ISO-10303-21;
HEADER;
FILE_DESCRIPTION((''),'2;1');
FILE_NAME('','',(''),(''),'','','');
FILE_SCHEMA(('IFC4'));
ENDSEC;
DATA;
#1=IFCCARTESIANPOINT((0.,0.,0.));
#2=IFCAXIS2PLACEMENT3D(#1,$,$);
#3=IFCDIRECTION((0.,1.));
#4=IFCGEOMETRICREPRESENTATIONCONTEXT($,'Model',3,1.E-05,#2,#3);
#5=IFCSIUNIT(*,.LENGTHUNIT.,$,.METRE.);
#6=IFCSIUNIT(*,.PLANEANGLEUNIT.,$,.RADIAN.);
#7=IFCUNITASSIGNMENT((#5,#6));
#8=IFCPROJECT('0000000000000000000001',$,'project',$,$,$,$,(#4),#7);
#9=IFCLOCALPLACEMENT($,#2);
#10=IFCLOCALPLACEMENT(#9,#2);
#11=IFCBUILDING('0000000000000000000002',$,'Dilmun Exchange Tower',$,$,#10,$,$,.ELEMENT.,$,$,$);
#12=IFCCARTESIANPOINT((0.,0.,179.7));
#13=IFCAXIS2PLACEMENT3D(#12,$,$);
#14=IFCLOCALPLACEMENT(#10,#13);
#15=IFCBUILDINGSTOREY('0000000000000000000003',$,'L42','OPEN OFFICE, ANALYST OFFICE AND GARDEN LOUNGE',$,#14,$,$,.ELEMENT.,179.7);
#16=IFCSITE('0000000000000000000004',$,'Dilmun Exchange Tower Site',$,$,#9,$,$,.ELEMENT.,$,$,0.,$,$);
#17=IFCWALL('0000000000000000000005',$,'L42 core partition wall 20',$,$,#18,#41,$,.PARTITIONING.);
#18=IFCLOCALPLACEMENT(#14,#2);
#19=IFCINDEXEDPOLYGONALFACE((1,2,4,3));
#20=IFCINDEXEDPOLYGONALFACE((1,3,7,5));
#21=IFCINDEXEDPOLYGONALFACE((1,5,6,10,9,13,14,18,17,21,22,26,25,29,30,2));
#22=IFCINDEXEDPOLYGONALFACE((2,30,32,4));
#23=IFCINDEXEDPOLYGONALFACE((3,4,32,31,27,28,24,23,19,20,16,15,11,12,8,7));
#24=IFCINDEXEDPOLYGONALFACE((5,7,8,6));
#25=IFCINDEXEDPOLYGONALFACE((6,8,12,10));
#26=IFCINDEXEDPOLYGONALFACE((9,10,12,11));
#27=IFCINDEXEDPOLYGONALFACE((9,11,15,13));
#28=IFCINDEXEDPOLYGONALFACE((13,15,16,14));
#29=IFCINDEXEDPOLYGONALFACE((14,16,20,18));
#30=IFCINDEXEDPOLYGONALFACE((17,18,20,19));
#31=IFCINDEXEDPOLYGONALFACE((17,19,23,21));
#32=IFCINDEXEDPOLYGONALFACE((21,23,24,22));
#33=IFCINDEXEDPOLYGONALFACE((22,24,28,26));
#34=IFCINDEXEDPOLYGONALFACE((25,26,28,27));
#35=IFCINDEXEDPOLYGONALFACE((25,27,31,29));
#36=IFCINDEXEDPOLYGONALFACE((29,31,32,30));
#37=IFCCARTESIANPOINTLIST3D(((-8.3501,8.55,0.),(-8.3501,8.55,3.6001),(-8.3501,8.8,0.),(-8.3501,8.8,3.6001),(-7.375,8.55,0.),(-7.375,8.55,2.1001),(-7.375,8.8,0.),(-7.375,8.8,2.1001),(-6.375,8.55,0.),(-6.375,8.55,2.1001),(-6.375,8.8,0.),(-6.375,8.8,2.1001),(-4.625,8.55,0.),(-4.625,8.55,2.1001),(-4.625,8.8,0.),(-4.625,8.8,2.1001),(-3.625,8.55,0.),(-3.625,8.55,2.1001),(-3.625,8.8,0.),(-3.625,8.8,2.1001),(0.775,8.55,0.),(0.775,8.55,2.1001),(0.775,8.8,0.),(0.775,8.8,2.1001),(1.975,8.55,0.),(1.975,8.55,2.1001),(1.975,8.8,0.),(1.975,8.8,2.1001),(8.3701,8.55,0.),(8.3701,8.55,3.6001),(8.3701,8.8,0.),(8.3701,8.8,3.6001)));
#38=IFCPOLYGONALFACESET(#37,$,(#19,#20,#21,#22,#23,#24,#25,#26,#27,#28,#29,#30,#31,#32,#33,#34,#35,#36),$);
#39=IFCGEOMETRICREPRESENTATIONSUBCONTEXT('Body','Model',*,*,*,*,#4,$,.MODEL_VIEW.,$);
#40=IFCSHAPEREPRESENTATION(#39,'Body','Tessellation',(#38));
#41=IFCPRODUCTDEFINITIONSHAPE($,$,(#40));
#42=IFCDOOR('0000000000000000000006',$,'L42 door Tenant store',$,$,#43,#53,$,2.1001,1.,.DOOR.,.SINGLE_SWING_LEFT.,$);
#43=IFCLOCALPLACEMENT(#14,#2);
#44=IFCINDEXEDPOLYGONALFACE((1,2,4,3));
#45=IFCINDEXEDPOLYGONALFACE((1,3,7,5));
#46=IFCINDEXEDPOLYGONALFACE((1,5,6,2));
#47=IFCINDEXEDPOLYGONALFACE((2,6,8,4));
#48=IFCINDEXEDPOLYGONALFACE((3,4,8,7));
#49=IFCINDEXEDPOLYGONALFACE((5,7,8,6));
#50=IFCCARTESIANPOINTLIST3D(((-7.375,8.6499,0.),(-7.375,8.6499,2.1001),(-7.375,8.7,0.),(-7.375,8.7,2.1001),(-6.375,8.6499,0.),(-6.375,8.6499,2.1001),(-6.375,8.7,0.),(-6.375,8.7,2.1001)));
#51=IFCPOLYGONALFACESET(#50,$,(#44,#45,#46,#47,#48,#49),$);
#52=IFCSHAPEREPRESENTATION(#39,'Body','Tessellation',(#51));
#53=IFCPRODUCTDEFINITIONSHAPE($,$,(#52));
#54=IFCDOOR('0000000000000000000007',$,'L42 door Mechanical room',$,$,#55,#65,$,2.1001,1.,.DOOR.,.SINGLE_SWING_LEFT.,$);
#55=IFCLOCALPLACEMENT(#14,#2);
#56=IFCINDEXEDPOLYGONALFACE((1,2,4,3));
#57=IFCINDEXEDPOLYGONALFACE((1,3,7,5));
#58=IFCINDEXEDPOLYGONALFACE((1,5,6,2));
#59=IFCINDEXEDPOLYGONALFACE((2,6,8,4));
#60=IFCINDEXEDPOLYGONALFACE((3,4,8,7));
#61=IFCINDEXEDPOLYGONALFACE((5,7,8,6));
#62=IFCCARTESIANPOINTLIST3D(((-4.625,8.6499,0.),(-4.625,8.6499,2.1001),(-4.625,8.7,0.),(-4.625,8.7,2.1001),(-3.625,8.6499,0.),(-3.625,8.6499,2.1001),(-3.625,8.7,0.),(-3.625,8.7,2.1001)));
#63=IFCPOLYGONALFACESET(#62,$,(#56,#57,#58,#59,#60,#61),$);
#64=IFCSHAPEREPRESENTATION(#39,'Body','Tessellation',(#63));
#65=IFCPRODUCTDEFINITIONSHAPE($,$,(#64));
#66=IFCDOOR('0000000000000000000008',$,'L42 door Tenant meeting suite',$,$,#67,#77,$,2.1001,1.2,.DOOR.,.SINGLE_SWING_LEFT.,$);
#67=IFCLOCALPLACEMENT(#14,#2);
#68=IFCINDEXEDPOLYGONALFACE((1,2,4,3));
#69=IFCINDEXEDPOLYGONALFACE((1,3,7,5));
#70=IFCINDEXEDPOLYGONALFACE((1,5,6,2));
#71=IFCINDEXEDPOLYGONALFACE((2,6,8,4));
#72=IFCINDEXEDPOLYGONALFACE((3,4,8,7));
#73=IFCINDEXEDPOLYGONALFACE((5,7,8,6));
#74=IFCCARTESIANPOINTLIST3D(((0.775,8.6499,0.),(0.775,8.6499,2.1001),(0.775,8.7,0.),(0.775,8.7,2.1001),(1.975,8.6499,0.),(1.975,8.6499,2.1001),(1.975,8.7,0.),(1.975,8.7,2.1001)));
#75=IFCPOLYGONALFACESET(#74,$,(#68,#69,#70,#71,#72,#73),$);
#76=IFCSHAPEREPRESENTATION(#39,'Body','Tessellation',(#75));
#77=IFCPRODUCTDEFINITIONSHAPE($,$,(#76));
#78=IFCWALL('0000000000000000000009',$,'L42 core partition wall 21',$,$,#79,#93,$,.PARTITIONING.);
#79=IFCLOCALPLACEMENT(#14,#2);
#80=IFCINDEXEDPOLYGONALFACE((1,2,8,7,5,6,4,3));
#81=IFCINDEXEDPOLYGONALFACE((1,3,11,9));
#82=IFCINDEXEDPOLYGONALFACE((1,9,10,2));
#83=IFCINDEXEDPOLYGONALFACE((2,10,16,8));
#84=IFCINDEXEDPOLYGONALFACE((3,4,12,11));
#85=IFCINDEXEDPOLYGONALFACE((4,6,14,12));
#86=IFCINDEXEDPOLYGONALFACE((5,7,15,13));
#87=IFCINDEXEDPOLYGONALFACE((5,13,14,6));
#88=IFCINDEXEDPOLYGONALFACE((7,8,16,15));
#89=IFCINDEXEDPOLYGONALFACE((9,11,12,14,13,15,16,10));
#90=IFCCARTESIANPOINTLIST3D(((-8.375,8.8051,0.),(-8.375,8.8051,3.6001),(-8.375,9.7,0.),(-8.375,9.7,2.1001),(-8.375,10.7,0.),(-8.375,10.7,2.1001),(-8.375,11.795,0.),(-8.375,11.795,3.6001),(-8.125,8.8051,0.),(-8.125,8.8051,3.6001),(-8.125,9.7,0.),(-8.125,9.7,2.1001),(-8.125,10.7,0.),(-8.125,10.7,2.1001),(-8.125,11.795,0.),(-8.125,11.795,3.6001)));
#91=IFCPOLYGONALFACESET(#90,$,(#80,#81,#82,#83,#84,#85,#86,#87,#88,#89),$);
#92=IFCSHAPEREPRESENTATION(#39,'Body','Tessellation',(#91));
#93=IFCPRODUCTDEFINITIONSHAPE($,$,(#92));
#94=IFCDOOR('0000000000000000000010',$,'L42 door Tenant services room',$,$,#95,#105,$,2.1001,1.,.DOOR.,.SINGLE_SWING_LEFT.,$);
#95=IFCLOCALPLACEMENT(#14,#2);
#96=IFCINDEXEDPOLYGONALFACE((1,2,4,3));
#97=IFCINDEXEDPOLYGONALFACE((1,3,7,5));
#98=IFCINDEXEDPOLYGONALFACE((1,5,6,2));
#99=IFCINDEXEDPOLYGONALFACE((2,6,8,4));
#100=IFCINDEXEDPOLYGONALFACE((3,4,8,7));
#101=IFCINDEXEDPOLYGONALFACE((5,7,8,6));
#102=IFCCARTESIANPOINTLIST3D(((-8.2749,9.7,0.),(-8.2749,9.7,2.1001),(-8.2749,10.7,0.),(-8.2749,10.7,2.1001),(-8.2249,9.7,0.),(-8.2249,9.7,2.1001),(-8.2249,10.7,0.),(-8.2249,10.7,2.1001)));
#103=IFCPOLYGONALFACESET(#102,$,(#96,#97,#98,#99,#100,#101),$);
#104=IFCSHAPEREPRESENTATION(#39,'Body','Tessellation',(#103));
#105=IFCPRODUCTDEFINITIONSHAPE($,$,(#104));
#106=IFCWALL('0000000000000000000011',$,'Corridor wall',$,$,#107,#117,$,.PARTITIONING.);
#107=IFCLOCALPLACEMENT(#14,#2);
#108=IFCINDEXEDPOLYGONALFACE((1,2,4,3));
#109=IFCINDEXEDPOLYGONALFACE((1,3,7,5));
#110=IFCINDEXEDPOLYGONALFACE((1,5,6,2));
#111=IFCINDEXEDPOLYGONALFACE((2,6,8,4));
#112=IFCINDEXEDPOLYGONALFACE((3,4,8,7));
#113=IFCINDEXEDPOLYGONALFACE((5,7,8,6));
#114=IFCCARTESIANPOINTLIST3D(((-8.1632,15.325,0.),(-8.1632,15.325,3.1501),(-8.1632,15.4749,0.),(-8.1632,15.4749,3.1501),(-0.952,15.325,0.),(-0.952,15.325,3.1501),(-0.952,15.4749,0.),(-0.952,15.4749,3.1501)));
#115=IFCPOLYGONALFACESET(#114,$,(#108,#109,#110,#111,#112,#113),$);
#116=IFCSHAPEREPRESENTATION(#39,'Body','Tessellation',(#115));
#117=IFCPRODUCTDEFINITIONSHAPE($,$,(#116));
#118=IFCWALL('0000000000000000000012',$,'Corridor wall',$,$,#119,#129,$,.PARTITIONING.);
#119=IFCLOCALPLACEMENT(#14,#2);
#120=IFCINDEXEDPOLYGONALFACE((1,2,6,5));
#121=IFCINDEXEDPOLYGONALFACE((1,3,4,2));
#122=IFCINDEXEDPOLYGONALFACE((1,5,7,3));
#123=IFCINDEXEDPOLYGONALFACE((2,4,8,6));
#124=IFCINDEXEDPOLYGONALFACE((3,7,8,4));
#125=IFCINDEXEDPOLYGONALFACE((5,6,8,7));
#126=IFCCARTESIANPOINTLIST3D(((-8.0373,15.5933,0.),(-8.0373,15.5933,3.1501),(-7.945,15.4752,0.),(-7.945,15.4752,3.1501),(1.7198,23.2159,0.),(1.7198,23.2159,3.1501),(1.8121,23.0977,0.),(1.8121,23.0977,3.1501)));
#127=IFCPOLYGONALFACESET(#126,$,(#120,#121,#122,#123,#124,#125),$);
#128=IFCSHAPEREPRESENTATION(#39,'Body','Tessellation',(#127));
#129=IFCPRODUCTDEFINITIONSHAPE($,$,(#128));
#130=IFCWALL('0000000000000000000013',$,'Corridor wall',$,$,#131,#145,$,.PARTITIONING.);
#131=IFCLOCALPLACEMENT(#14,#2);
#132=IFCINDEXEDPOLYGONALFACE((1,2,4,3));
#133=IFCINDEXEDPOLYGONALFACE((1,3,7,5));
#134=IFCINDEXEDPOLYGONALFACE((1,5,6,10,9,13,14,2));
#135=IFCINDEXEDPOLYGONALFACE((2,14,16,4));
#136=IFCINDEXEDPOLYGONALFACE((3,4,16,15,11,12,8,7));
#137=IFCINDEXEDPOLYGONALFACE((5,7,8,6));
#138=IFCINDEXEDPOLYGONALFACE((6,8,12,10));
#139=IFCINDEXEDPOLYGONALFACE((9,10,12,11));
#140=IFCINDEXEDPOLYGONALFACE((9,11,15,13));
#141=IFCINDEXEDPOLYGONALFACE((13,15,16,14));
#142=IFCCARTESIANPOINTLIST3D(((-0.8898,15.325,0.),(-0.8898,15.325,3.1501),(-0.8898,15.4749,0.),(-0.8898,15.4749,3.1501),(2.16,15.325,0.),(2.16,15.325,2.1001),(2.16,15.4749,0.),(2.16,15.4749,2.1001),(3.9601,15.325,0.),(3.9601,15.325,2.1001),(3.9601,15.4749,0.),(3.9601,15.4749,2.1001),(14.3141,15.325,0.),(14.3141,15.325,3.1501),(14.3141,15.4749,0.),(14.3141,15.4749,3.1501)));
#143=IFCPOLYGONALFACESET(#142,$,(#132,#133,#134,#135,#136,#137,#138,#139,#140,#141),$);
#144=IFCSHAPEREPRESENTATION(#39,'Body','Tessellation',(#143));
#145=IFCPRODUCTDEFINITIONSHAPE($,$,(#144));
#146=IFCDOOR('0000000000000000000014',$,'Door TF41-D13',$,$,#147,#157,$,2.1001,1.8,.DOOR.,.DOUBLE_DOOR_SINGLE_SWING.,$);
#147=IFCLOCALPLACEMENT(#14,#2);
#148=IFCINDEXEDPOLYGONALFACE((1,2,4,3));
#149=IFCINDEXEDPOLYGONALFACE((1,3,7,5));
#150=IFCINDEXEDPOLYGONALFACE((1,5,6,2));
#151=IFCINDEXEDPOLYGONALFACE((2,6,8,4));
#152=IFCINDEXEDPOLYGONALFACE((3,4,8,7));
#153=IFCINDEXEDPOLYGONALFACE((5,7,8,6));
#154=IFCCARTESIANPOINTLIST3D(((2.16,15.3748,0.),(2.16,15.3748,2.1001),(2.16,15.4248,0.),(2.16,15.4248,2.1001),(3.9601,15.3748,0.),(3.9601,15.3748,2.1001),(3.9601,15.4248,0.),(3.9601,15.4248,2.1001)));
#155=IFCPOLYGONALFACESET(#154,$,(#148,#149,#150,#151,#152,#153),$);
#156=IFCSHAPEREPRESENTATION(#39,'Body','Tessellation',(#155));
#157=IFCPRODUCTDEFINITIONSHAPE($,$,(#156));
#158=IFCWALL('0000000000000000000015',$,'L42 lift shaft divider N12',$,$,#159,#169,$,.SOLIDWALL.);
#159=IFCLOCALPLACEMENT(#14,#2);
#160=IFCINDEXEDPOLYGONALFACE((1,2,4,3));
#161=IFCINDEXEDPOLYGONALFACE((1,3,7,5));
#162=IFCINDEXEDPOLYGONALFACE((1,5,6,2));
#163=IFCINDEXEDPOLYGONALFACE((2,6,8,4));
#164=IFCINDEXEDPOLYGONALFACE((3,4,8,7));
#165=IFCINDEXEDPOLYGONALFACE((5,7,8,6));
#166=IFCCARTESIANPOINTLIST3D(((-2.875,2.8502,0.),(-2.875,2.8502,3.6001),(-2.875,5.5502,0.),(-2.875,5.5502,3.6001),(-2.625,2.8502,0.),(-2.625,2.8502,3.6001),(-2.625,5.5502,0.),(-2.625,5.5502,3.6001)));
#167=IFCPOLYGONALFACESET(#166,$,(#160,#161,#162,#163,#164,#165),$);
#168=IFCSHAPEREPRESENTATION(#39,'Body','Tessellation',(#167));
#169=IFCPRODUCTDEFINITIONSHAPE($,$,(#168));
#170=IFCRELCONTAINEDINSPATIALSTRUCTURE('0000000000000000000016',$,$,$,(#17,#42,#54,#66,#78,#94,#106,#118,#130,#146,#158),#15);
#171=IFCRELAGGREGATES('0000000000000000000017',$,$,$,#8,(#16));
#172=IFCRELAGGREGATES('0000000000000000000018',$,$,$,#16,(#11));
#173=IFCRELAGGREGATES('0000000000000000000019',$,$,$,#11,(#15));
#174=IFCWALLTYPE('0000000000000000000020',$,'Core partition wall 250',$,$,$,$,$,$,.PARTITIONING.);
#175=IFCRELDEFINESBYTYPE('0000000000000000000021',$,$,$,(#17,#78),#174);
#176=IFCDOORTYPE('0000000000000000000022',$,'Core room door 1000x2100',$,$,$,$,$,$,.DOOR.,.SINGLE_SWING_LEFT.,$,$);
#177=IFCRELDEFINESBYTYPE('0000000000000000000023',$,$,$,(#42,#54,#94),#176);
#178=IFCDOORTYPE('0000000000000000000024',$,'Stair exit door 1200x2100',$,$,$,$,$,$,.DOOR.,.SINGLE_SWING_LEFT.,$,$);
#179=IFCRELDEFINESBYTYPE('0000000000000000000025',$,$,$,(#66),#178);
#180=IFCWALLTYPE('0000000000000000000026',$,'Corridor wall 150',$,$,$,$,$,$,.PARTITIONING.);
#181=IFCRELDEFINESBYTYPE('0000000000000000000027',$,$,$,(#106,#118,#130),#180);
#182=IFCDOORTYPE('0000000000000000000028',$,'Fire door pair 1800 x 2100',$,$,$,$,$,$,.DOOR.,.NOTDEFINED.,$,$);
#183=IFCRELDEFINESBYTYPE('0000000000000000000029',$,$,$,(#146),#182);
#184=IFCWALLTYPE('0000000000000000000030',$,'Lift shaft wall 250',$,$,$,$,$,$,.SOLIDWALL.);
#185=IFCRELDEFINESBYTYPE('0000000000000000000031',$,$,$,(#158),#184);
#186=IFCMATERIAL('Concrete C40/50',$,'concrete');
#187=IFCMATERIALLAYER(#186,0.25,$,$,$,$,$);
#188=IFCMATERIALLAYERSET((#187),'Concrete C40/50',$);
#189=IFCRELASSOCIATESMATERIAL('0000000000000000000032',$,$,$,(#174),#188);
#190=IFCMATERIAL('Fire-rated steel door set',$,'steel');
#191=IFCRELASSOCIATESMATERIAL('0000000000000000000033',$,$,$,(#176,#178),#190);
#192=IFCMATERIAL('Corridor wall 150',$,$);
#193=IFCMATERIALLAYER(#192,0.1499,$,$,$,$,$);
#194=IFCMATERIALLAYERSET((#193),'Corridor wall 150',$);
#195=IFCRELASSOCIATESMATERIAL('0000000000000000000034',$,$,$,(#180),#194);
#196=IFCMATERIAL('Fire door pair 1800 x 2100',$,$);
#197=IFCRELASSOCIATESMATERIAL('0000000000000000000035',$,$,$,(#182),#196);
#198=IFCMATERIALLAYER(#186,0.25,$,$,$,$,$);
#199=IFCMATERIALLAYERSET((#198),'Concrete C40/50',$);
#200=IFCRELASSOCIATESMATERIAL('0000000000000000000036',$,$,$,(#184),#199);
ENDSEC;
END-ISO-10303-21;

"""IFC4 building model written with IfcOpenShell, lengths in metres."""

from ifc_helpers import new_model, si_unit, direction, frame, frame_2d, origin, place, context, subcontext, project, spatial, rectangle, extrude, material, layer, layer_set, type_object, element, fill, save


model = new_model("IFC4")

# Units and contexts
model_context = context("Model", 3, precision=1e-05, world=origin(), true_north=direction((0.0, 1.0)))
body_context = subcontext(model_context, "Body", "Model", "MODEL_VIEW")
ifc_project = project(units=[si_unit("LENGTHUNIT", "METRE"), si_unit("PLANEANGLEUNIT", "RADIAN")], contexts=[model_context])

# Site, building, storey
site_placement = place(None, origin())
site = spatial("IfcSite", under=ifc_project, at=site_placement, Name="Dilmun Exchange Tower Site", CompositionType="ELEMENT", RefElevation=0.0)
building_placement = place(site_placement, origin())
building = spatial("IfcBuilding", under=site, at=building_placement, Name="Dilmun Exchange Tower", CompositionType="ELEMENT")
storey_placement = place(building_placement, frame((0.0, 0.0, 179.7)))
storey = spatial("IfcBuildingStorey", under=building, at=storey_placement, Name="L42", Description="OPEN OFFICE, ANALYST OFFICE AND GARDEN LOUNGE", CompositionType="ELEMENT", Elevation=179.7)

# Shared definitions
ifc_material_1 = material(Name="Concrete C40/50", Category="concrete")

# Shared definitions
ifc_material_2 = material(Name="Fire-rated steel door set", Category="steel")

# Shared definitions
ifc_layer_1 = layer(ifc_material_1, 0.25)
ifc_layer_set_1 = layer_set([ifc_layer_1], Name="Concrete C40/50")
wall_type_1 = type_object("IfcWallType", Name="Core partition wall 250", PredefinedType="PARTITIONING", material=ifc_layer_set_1)

# Wall, openings, doors
wall_1_placement = place(storey_placement, frame((-8.3501, 8.675, 0.0), z_axis=(0.0, 0.0, 1.0), x_axis=(1.0, 0.0, 0.0)))
wall_1 = element("IfcWall", 1, at=wall_1_placement, inside=storey, type_object=wall_type_1, Name="L42 core partition wall 20", PredefinedType="PARTITIONING", context=body_context, shape_type="SweptSolid", body=[
    extrude(rectangle(XDim=16.7202, YDim=0.25, at=frame_2d((8.3601, 0.0))), origin(), (0.0, 0.0, 1.0), 3.6001),
])
opening_1_placement = place(wall_1_placement, frame((0.9751, 0.0, 0.0)))
opening_1 = element("IfcOpeningElement", 2, at=opening_1_placement, cuts=wall_1, PredefinedType="OPENING", context=body_context, shape_type="SweptSolid", body=[
    extrude(rectangle(XDim=1.0, YDim=2.1001, at=frame_2d((0.5, 1.05))), frame((0.0, 0.135, 0.0), z_axis=(0.0, -1.0, 0.0), x_axis=(1.0, 0.0, 0.0)), (0.0, 0.0, 1.0), 0.27),
])
opening_2_placement = place(wall_1_placement, frame((3.7251, 0.0, 0.0)))
opening_2 = element("IfcOpeningElement", 3, at=opening_2_placement, cuts=wall_1, PredefinedType="OPENING", context=body_context, shape_type="SweptSolid", body=[
    extrude(rectangle(XDim=1.0, YDim=2.1001, at=frame_2d((0.5, 1.05))), frame((0.0, 0.135, 0.0), z_axis=(0.0, -1.0, 0.0), x_axis=(1.0, 0.0, 0.0)), (0.0, 0.0, 1.0), 0.27),
])
opening_3_placement = place(wall_1_placement, frame((9.125, 0.0, 0.0)))
opening_3 = element("IfcOpeningElement", 4, at=opening_3_placement, cuts=wall_1, PredefinedType="OPENING", context=body_context, shape_type="SweptSolid", body=[
    extrude(rectangle(XDim=1.2, YDim=2.1001, at=frame_2d((0.6001, 1.05))), frame((0.0, 0.135, 0.0), z_axis=(0.0, -1.0, 0.0), x_axis=(1.0, 0.0, 0.0)), (0.0, 0.0, 1.0), 0.27),
])
door_type_1 = type_object("IfcDoorType", Name="Core room door 1000x2100", OperationType="SINGLE_SWING_LEFT", PredefinedType="DOOR", material=ifc_material_2)
door_1_placement = place(opening_1_placement, origin())
door_1 = element("IfcDoor", 5, at=door_1_placement, inside=storey, type_object=door_type_1, Name="L42 door Tenant store", OperationType="SINGLE_SWING_LEFT", OverallHeight=2.1001, OverallWidth=1.0, PredefinedType="DOOR", context=body_context, shape_type="SweptSolid", body=[
    extrude(rectangle(XDim=1.0, YDim=2.1001, at=frame_2d((0.5, 1.05))), frame((0.0, 0.0249, 0.0), z_axis=(0.0, -1.0, 0.0), x_axis=(1.0, 0.0, 0.0)), (0.0, 0.0, 1.0), 0.05),
])
fill(opening_1, door_1)
door_2_placement = place(opening_2_placement, origin())
door_2 = element("IfcDoor", 6, at=door_2_placement, inside=storey, type_object=door_type_1, Name="L42 door Mechanical room", OperationType="SINGLE_SWING_LEFT", OverallHeight=2.1001, OverallWidth=1.0, PredefinedType="DOOR", context=body_context, shape_type="SweptSolid", body=[
    extrude(rectangle(XDim=1.0, YDim=2.1001, at=frame_2d((0.5, 1.05))), frame((0.0, 0.0249, 0.0), z_axis=(0.0, -1.0, 0.0), x_axis=(1.0, 0.0, 0.0)), (0.0, 0.0, 1.0), 0.05),
])
fill(opening_2, door_2)
door_type_2 = type_object("IfcDoorType", Name="Stair exit door 1200x2100", OperationType="SINGLE_SWING_LEFT", PredefinedType="DOOR", material=ifc_material_2)
door_3_placement = place(opening_3_placement, origin())
door_3 = element("IfcDoor", 7, at=door_3_placement, inside=storey, type_object=door_type_2, Name="L42 door Tenant meeting suite", OperationType="SINGLE_SWING_LEFT", OverallHeight=2.1001, OverallWidth=1.2, PredefinedType="DOOR", context=body_context, shape_type="SweptSolid", body=[
    extrude(rectangle(XDim=1.2, YDim=2.1001, at=frame_2d((0.6001, 1.05))), frame((0.0, 0.0249, 0.0), z_axis=(0.0, -1.0, 0.0), x_axis=(1.0, 0.0, 0.0)), (0.0, 0.0, 1.0), 0.05),
])
fill(opening_3, door_3)

# Wall, opening, door
wall_2_placement = place(storey_placement, frame((-8.25, 8.8049, 0.0), z_axis=(0.0, 0.0, 1.0), x_axis=(0.0, 1.0, 0.0)))
wall_2 = element("IfcWall", 8, at=wall_2_placement, inside=storey, type_object=wall_type_1, Name="L42 core partition wall 21", PredefinedType="PARTITIONING", context=body_context, shape_type="SweptSolid", body=[
    extrude(rectangle(XDim=2.99, YDim=0.25, at=frame_2d((1.4951, 0.0))), origin(), (0.0, 0.0, 1.0), 3.6001),
])
opening_4_placement = place(wall_2_placement, frame((0.895, 0.0, 0.0)))
opening_4 = element("IfcOpeningElement", 9, at=opening_4_placement, cuts=wall_2, PredefinedType="OPENING", context=body_context, shape_type="SweptSolid", body=[
    extrude(rectangle(XDim=1.0, YDim=2.1001, at=frame_2d((0.5, 1.05))), frame((0.0, 0.135, 0.0), z_axis=(0.0, -1.0, 0.0), x_axis=(1.0, 0.0, 0.0)), (0.0, 0.0, 1.0), 0.27),
])
door_4_placement = place(opening_4_placement, origin())
door_4 = element("IfcDoor", 10, at=door_4_placement, inside=storey, type_object=door_type_1, Name="L42 door Tenant services room", OperationType="SINGLE_SWING_LEFT", OverallHeight=2.1001, OverallWidth=1.0, PredefinedType="DOOR", context=body_context, shape_type="SweptSolid", body=[
    extrude(rectangle(XDim=1.0, YDim=2.1001, at=frame_2d((0.5, 1.05))), frame((0.0, 0.0249, 0.0), z_axis=(0.0, -1.0, 0.0), x_axis=(1.0, 0.0, 0.0)), (0.0, 0.0, 1.0), 0.05),
])
fill(opening_4, door_4)

# Walls
ifc_material_3 = material(Name="Corridor wall 150")
ifc_layer_2 = layer(ifc_material_3, 0.1499)
ifc_layer_set_2 = layer_set([ifc_layer_2], Name="Corridor wall 150")
wall_type_2 = type_object("IfcWallType", Name="Corridor wall 150", PredefinedType="PARTITIONING", material=ifc_layer_set_2)
wall_3_placement = place(storey_placement, frame((-8.1631, 15.3999, 0.0), z_axis=(0.0, 0.0, 1.0), x_axis=(1.0, 0.0, 0.0)))
element("IfcWall", 11, at=wall_3_placement, inside=storey, type_object=wall_type_2, Name="Corridor wall", PredefinedType="PARTITIONING", context=body_context, shape_type="SweptSolid", body=[
    extrude(rectangle(XDim=7.2112, YDim=0.1499, at=frame_2d((3.6055, 0.0))), origin(), (0.0, 0.0, 1.0), 3.1501),
])
wall_4_placement = place(storey_placement, frame((-7.9912, 15.5342, 0.0), z_axis=(0.0, 0.0, 1.0), x_axis=(0.788031, 0.615636, 0.0)))
element("IfcWall", 12, at=wall_4_placement, inside=storey, type_object=wall_type_2, Name="Corridor wall", PredefinedType="PARTITIONING", context=body_context, shape_type="SweptSolid", body=[
    extrude(rectangle(XDim=12.3816, YDim=0.1499, at=frame_2d((6.1909, 0.0))), origin(), (0.0, 0.0, 1.0), 3.1501),
])

# Wall, opening, door
wall_5_placement = place(storey_placement, frame((-0.8899, 15.3999, 0.0), z_axis=(0.0, 0.0, 1.0), x_axis=(1.0, 0.0, 0.0)))
wall_5 = element("IfcWall", 13, at=wall_5_placement, inside=storey, type_object=wall_type_2, Name="Corridor wall", PredefinedType="PARTITIONING", context=body_context, shape_type="SweptSolid", body=[
    extrude(rectangle(XDim=15.2039, YDim=0.1499, at=frame_2d((7.6021, 0.0))), origin(), (0.0, 0.0, 1.0), 3.1501),
])
opening_5_placement = place(wall_5_placement, frame((3.05, 0.0, 0.0)))
opening_5 = element("IfcOpeningElement", 14, at=opening_5_placement, cuts=wall_5, PredefinedType="OPENING", context=body_context, shape_type="SweptSolid", body=[
    extrude(rectangle(XDim=1.8, YDim=2.1001, at=frame_2d((0.8999, 1.05))), frame((0.0, 0.085, 0.0), z_axis=(0.0, -1.0, 0.0), x_axis=(1.0, 0.0, 0.0)), (0.0, 0.0, 1.0), 0.1699),
])
ifc_material_4 = material(Name="Fire door pair 1800 x 2100")
door_type_3 = type_object("IfcDoorType", Name="Fire door pair 1800 x 2100", OperationType="NOTDEFINED", PredefinedType="DOOR", material=ifc_material_4)
door_5_placement = place(opening_5_placement, origin())
door_5 = element("IfcDoor", 15, at=door_5_placement, inside=storey, type_object=door_type_3, Name="Door TF41-D13", OperationType="DOUBLE_DOOR_SINGLE_SWING", OverallHeight=2.1001, OverallWidth=1.8, PredefinedType="DOOR", context=body_context, shape_type="SweptSolid", body=[
    extrude(rectangle(XDim=1.8, YDim=2.1001, at=frame_2d((0.8999, 1.05))), frame((0.0, 0.0249, 0.0), z_axis=(0.0, -1.0, 0.0), x_axis=(1.0, 0.0, 0.0)), (0.0, 0.0, 1.0), 0.05),
])
fill(opening_5, door_5)

# Wall
ifc_layer_3 = layer(ifc_material_1, 0.25)
ifc_layer_set_3 = layer_set([ifc_layer_3], Name="Concrete C40/50")
wall_type_3 = type_object("IfcWallType", Name="Lift shaft wall 250", PredefinedType="SOLIDWALL", material=ifc_layer_set_3)
for number, where, z_axis, x_axis, name in (
    (16, (-2.75, 2.8501, 0.0), (0.0, 0.0, 1.0), (0.0, 1.0, 0.0), "L42 lift shaft divider N12"),
):
    element("IfcWall", number, at=place(storey_placement, frame(where, z_axis=z_axis, x_axis=x_axis)), inside=storey, type_object=wall_type_3, Name=name, PredefinedType="SOLIDWALL", context=body_context, shape_type="SweptSolid", body=[
        extrude(rectangle(XDim=2.7, YDim=0.25, at=frame_2d((1.3501, 0.0))), origin(), (0.0, 0.0, 1.0), 3.6001),
    ])

save(model, "model.ifc")
